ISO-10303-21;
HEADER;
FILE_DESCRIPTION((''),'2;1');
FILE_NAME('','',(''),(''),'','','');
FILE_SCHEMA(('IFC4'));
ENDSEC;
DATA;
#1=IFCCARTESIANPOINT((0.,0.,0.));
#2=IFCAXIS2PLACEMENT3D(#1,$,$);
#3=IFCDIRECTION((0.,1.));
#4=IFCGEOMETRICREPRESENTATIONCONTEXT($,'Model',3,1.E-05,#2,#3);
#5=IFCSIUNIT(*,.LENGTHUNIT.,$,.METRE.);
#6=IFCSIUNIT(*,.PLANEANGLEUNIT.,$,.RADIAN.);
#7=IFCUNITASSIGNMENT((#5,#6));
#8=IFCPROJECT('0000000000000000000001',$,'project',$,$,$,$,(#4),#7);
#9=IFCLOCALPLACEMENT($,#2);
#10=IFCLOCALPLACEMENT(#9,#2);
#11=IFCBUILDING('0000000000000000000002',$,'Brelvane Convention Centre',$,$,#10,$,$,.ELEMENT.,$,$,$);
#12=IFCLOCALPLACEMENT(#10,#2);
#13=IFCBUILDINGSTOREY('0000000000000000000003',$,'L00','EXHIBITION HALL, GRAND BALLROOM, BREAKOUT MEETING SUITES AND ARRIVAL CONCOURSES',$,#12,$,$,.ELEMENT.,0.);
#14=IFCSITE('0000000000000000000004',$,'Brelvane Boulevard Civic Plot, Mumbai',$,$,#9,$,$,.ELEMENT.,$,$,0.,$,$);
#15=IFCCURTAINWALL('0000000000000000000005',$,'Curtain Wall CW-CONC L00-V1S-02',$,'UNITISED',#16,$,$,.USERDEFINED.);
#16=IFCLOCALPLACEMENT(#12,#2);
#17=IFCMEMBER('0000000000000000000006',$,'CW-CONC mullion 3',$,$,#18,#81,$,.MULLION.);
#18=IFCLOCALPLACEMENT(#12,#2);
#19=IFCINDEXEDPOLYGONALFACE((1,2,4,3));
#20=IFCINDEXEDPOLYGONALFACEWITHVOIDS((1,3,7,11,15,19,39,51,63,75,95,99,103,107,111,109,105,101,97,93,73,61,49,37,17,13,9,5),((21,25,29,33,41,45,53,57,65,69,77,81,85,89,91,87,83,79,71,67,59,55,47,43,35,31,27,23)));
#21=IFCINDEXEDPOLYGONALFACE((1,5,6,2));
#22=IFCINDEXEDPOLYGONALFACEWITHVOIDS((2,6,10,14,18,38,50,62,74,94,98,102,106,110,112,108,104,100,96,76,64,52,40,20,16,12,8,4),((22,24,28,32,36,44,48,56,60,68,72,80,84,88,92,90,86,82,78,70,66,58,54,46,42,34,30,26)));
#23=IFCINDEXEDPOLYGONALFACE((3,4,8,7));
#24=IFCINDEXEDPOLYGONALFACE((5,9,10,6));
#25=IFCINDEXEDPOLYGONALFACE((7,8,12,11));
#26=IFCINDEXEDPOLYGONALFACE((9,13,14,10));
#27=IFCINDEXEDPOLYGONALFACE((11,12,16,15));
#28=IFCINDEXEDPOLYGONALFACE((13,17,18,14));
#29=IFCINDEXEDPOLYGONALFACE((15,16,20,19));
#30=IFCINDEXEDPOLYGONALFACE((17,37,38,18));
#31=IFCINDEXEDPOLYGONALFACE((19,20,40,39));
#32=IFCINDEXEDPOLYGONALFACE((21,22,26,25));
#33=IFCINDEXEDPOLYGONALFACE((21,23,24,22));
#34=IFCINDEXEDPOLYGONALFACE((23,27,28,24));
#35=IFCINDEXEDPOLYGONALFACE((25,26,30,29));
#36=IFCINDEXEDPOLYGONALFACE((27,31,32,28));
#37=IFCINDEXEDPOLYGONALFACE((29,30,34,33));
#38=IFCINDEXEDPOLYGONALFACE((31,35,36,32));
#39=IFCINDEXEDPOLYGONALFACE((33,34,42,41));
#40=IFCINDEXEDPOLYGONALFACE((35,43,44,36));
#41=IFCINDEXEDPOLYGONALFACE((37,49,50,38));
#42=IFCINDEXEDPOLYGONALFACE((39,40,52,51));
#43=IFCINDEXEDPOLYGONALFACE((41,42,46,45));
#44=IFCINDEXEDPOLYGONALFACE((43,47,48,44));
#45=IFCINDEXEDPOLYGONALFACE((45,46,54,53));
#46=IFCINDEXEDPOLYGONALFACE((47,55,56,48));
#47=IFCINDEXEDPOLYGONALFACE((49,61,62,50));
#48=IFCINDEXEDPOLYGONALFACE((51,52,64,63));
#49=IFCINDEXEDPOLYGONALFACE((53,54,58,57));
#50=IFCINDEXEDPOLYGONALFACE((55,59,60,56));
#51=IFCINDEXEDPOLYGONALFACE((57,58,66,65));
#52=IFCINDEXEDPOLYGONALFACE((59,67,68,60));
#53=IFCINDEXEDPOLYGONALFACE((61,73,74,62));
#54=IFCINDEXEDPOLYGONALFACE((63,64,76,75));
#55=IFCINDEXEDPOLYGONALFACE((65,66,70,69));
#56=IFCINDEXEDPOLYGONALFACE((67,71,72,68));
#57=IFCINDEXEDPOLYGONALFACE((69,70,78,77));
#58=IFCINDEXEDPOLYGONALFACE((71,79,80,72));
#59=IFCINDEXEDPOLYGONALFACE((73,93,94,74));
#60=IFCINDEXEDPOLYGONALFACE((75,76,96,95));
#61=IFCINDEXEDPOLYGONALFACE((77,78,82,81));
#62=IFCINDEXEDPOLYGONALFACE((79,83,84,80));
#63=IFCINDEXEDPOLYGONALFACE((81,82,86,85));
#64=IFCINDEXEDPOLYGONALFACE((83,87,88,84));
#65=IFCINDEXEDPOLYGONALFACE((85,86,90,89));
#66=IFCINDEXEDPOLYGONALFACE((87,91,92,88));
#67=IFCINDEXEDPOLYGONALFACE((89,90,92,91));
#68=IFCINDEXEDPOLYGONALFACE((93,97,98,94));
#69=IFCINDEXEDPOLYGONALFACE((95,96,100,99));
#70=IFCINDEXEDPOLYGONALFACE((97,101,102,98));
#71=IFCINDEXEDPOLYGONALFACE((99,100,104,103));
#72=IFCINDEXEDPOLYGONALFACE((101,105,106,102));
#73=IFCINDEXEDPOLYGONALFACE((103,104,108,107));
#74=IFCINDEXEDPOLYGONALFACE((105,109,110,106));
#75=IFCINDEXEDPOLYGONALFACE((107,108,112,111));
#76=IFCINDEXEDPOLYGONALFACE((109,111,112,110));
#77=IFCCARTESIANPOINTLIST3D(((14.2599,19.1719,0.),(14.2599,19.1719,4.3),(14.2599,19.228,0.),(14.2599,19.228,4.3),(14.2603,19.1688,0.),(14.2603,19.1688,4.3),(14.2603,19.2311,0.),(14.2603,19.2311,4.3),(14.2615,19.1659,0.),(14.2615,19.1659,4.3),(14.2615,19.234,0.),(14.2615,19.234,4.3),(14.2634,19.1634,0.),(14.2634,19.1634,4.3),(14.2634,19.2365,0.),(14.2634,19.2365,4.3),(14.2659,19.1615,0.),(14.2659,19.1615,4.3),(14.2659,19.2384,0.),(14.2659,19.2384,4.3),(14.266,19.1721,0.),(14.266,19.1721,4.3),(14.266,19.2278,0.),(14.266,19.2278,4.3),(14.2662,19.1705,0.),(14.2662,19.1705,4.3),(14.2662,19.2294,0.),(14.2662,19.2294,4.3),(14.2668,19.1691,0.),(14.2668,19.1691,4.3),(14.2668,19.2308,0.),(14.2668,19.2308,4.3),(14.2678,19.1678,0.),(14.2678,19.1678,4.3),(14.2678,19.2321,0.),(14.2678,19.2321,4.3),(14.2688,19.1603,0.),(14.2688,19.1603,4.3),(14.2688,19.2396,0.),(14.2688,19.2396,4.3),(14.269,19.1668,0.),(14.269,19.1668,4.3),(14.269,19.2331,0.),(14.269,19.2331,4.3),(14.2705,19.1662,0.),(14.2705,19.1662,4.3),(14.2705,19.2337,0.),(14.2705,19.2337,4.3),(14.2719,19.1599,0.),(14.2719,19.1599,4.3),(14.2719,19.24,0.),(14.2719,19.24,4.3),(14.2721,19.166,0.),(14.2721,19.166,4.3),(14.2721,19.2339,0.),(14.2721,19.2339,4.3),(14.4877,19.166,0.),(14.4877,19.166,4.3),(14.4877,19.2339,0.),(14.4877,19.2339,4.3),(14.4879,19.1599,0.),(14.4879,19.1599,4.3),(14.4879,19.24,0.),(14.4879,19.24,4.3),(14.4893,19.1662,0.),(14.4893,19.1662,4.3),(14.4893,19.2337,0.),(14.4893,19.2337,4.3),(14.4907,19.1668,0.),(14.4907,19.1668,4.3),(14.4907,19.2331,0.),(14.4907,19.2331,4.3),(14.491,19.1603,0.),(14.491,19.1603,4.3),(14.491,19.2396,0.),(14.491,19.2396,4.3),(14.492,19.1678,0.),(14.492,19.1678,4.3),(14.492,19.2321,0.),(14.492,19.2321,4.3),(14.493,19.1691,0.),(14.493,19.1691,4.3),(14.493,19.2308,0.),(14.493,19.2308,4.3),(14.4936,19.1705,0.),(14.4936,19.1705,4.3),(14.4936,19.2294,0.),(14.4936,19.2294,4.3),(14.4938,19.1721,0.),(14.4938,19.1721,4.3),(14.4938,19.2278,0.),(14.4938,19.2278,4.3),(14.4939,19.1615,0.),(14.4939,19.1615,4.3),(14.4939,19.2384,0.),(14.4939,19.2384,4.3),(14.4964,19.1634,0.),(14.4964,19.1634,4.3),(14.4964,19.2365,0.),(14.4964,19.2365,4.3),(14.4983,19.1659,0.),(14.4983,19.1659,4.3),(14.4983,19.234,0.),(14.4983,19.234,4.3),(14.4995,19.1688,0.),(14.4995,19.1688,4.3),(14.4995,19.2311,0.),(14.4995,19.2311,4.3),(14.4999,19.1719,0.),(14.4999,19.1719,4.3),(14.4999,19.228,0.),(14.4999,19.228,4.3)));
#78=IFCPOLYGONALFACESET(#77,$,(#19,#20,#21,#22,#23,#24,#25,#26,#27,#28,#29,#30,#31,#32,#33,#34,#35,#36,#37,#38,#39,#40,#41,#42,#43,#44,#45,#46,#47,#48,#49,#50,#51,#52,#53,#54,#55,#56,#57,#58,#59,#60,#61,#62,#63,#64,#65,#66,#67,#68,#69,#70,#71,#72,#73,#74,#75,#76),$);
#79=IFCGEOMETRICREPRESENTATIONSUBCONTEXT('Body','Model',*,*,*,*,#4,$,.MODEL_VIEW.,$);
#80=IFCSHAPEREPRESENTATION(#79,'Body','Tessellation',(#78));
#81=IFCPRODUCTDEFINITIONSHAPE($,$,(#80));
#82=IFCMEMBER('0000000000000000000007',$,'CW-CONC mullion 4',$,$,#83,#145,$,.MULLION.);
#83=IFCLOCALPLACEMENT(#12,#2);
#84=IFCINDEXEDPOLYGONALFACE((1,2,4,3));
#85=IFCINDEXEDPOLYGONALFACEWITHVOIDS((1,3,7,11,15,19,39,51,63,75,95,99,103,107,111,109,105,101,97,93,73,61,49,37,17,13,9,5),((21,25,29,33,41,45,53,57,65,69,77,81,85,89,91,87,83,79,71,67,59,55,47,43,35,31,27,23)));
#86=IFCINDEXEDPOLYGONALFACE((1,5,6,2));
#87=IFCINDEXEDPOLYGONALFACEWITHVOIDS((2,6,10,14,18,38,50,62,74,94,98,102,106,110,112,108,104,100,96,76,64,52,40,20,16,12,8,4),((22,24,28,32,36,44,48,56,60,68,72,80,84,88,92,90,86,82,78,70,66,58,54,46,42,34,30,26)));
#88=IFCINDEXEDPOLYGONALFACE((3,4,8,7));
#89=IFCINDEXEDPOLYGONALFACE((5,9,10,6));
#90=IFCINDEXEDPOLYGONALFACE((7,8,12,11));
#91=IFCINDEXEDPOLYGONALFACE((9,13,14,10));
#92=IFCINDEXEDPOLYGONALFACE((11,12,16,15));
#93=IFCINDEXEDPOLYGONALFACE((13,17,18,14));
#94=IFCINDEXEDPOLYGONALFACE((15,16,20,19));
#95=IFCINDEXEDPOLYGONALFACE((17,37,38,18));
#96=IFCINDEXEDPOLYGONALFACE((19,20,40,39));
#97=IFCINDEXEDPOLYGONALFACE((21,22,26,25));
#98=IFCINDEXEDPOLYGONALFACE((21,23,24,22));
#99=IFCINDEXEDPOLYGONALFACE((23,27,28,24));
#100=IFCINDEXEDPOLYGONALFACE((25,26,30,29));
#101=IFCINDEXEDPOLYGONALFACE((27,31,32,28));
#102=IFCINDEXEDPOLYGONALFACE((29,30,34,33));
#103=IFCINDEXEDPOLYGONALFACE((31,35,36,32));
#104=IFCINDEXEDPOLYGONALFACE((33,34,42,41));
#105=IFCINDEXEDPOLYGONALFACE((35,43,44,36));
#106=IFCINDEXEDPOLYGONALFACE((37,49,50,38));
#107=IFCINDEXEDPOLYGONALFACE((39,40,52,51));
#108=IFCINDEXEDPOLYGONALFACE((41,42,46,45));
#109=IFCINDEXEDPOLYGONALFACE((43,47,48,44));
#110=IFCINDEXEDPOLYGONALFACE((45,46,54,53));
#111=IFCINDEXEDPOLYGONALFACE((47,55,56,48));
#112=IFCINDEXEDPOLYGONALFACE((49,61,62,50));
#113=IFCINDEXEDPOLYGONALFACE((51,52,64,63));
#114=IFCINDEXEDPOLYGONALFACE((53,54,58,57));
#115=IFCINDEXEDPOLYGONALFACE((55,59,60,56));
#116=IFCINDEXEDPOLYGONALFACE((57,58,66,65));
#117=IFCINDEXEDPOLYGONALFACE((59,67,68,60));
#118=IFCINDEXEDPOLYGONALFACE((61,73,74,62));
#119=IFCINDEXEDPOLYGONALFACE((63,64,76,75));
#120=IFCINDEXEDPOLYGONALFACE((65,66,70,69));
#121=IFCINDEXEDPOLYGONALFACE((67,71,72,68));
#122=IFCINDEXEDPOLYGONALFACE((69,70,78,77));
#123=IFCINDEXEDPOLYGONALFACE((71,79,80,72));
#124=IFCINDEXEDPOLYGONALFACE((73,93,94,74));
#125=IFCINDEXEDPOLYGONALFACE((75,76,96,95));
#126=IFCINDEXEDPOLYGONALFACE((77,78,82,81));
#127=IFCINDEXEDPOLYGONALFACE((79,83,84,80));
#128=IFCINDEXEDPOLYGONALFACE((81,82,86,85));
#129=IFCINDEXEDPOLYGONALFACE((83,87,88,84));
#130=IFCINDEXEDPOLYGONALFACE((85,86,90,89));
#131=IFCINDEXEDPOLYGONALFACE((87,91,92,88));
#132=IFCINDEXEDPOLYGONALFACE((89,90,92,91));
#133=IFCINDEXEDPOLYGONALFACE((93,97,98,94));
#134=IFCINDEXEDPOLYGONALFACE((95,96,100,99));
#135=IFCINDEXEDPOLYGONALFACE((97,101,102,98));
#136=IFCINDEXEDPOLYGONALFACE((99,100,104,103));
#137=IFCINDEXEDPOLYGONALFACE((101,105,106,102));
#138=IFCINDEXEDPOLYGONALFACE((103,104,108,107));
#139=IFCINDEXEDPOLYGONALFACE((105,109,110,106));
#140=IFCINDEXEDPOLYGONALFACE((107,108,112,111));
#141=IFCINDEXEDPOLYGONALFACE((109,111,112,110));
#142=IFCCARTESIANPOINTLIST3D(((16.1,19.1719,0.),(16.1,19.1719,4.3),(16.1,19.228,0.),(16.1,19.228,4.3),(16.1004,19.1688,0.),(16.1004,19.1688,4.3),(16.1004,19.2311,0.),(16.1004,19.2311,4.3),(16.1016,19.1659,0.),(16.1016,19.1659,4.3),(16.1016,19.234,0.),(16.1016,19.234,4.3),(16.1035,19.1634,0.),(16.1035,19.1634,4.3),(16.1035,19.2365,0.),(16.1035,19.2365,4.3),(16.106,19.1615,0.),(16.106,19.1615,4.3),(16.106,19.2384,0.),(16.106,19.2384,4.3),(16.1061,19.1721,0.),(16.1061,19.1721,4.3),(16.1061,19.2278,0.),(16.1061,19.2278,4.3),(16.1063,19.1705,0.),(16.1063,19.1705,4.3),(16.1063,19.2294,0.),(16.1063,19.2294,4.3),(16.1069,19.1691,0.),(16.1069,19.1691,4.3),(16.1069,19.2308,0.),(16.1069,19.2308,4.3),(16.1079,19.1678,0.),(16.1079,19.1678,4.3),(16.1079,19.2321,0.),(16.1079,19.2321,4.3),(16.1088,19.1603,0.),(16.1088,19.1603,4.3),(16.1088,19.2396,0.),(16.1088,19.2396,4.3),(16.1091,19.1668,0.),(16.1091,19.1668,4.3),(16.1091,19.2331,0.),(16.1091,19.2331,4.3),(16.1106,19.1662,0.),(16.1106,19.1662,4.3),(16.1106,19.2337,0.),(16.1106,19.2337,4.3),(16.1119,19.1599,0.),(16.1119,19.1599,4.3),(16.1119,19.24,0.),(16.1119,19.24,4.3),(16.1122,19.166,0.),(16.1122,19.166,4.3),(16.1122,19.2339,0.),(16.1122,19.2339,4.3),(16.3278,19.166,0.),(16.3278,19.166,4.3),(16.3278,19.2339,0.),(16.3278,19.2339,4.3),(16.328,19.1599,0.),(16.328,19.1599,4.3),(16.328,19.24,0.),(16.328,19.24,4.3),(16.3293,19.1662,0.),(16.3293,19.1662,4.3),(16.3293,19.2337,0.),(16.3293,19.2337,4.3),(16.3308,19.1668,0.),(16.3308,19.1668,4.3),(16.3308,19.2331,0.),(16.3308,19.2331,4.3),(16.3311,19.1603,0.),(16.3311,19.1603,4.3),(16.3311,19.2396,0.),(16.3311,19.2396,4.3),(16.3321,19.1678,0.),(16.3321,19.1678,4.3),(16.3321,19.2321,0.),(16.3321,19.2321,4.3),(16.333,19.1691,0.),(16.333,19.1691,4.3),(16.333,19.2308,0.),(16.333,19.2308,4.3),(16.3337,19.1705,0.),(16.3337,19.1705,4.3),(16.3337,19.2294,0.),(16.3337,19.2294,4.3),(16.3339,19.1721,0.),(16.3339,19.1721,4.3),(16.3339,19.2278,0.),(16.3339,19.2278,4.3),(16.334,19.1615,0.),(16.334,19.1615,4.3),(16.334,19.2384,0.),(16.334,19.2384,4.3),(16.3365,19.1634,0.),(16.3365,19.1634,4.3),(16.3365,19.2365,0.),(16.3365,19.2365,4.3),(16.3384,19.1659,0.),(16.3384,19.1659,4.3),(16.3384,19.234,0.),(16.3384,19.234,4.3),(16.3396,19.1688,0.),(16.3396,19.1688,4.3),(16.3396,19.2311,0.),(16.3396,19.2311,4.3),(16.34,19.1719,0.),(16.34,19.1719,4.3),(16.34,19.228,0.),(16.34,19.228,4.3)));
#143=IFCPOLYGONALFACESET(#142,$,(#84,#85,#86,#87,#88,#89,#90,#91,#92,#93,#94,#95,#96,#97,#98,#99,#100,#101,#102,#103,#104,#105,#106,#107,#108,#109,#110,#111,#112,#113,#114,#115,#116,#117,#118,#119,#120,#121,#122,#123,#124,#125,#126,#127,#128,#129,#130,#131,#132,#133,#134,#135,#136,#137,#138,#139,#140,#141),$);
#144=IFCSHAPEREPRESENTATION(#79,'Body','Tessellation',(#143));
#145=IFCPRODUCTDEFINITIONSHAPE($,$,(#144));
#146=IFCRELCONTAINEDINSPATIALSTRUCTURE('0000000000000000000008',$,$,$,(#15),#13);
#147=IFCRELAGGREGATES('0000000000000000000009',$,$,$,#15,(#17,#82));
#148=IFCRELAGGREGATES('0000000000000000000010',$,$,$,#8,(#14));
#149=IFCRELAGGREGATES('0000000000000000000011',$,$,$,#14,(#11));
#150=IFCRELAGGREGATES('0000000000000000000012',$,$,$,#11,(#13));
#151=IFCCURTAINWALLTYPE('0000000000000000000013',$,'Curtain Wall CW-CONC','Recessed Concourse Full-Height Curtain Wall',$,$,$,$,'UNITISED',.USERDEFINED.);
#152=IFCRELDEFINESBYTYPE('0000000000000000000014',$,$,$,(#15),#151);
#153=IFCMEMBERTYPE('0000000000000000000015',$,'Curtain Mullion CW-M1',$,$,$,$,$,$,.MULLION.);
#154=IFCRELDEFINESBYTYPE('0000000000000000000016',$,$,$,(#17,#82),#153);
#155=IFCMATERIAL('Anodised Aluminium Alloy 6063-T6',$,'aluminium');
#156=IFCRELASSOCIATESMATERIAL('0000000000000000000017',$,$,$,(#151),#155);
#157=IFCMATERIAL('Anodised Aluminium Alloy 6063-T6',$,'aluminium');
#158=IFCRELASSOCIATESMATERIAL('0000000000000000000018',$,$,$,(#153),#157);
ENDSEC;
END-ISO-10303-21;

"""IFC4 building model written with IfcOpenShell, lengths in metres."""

from ifc_helpers import new_model, si_unit, direction, frame, origin, origin_2d, place, context, subcontext, project, spatial, hollow_rectangle, extrude, material, material_profile, profile_set, type_object, element, aggregate, save


model = new_model("IFC4")

# Units and contexts
model_context = context("Model", 3, precision=1e-05, world=origin(), true_north=direction((0.0, 1.0)))
body_context = subcontext(model_context, "Body", "Model", "MODEL_VIEW")
ifc_project = project(units=[si_unit("LENGTHUNIT", "METRE"), si_unit("PLANEANGLEUNIT", "RADIAN")], contexts=[model_context])

# Site, building, storey
site_placement = place(None, origin())
site = spatial("IfcSite", under=ifc_project, at=site_placement, Name="Brelvane Boulevard Civic Plot, Mumbai", CompositionType="ELEMENT", RefElevation=0.0)
building_placement = place(site_placement, origin())
building = spatial("IfcBuilding", under=site, at=building_placement, Name="Brelvane Convention Centre", CompositionType="ELEMENT")
storey_placement = place(building_placement, origin())
storey = spatial("IfcBuildingStorey", under=building, at=storey_placement, Name="L00", Description="EXHIBITION HALL, GRAND BALLROOM, BREAKOUT MEETING SUITES AND ARRIVAL CONCOURSES", CompositionType="ELEMENT", Elevation=0.0)

# Curtain wall, members
ifc_material_1 = material(Name="Anodised Aluminium Alloy 6063-T6", Category="aluminium")
curtain_wall_type = type_object("IfcCurtainWallType", Name="Curtain Wall CW-CONC", Description="Recessed Concourse Full-Height Curtain Wall", ElementType="UNITISED", PredefinedType="USERDEFINED", material=ifc_material_1)
curtain_wall_placement = place(storey_placement, origin())
curtain_wall = element("IfcCurtainWall", 1, at=curtain_wall_placement, inside=storey, type_object=curtain_wall_type, Name="Curtain Wall CW-CONC L00-V1S-02", ObjectType="UNITISED", PredefinedType="USERDEFINED")
ifc_material_2 = material(Name="Anodised Aluminium Alloy 6063-T6", Category="aluminium")
ifc_material_profile_1 = material_profile(ifc_material_2, hollow_rectangle(XDim=0.0801, YDim=0.24, WallThickness=0.0061, InnerFilletRadius=0.0061, OuterFilletRadius=0.012, at=origin_2d()), Name="ALU-M 240x80x6.0")
ifc_profile_set_1 = profile_set([ifc_material_profile_1], Name="Anodised Aluminium Alloy 6063-T6")
member_type_1 = type_object("IfcMemberType", Name="Curtain Mullion CW-M1", PredefinedType="MULLION", material=ifc_profile_set_1)
member_1_placement = place(storey_placement, frame((14.3799, 19.2, 0.0), z_axis=(0.0, 0.0, 1.0), x_axis=(0.0, 1.0, 0.0)))
member_1 = element("IfcMember", 2, at=member_1_placement, type_object=member_type_1, Name="CW-CONC mullion 3", PredefinedType="MULLION", context=body_context, shape_type="SweptSolid", body=[
    extrude(hollow_rectangle(XDim=0.0801, YDim=0.24, WallThickness=0.0061, InnerFilletRadius=0.0061, OuterFilletRadius=0.012, at=origin_2d()), origin(), (0.0, 0.0, 1.0), 4.3),
])
member_2_placement = place(storey_placement, frame((16.22, 19.2, 0.0), z_axis=(0.0, 0.0, 1.0), x_axis=(0.0, 1.0, 0.0)))
member_2 = element("IfcMember", 3, at=member_2_placement, type_object=member_type_1, Name="CW-CONC mullion 4", PredefinedType="MULLION", context=body_context, shape_type="SweptSolid", body=[
    extrude(hollow_rectangle(XDim=0.0801, YDim=0.24, WallThickness=0.0061, InnerFilletRadius=0.0061, OuterFilletRadius=0.012, at=origin_2d()), origin(), (0.0, 0.0, 1.0), 4.3),
])

aggregate(curtain_wall, [member_1, member_2])

save(model, "model.ifc")
